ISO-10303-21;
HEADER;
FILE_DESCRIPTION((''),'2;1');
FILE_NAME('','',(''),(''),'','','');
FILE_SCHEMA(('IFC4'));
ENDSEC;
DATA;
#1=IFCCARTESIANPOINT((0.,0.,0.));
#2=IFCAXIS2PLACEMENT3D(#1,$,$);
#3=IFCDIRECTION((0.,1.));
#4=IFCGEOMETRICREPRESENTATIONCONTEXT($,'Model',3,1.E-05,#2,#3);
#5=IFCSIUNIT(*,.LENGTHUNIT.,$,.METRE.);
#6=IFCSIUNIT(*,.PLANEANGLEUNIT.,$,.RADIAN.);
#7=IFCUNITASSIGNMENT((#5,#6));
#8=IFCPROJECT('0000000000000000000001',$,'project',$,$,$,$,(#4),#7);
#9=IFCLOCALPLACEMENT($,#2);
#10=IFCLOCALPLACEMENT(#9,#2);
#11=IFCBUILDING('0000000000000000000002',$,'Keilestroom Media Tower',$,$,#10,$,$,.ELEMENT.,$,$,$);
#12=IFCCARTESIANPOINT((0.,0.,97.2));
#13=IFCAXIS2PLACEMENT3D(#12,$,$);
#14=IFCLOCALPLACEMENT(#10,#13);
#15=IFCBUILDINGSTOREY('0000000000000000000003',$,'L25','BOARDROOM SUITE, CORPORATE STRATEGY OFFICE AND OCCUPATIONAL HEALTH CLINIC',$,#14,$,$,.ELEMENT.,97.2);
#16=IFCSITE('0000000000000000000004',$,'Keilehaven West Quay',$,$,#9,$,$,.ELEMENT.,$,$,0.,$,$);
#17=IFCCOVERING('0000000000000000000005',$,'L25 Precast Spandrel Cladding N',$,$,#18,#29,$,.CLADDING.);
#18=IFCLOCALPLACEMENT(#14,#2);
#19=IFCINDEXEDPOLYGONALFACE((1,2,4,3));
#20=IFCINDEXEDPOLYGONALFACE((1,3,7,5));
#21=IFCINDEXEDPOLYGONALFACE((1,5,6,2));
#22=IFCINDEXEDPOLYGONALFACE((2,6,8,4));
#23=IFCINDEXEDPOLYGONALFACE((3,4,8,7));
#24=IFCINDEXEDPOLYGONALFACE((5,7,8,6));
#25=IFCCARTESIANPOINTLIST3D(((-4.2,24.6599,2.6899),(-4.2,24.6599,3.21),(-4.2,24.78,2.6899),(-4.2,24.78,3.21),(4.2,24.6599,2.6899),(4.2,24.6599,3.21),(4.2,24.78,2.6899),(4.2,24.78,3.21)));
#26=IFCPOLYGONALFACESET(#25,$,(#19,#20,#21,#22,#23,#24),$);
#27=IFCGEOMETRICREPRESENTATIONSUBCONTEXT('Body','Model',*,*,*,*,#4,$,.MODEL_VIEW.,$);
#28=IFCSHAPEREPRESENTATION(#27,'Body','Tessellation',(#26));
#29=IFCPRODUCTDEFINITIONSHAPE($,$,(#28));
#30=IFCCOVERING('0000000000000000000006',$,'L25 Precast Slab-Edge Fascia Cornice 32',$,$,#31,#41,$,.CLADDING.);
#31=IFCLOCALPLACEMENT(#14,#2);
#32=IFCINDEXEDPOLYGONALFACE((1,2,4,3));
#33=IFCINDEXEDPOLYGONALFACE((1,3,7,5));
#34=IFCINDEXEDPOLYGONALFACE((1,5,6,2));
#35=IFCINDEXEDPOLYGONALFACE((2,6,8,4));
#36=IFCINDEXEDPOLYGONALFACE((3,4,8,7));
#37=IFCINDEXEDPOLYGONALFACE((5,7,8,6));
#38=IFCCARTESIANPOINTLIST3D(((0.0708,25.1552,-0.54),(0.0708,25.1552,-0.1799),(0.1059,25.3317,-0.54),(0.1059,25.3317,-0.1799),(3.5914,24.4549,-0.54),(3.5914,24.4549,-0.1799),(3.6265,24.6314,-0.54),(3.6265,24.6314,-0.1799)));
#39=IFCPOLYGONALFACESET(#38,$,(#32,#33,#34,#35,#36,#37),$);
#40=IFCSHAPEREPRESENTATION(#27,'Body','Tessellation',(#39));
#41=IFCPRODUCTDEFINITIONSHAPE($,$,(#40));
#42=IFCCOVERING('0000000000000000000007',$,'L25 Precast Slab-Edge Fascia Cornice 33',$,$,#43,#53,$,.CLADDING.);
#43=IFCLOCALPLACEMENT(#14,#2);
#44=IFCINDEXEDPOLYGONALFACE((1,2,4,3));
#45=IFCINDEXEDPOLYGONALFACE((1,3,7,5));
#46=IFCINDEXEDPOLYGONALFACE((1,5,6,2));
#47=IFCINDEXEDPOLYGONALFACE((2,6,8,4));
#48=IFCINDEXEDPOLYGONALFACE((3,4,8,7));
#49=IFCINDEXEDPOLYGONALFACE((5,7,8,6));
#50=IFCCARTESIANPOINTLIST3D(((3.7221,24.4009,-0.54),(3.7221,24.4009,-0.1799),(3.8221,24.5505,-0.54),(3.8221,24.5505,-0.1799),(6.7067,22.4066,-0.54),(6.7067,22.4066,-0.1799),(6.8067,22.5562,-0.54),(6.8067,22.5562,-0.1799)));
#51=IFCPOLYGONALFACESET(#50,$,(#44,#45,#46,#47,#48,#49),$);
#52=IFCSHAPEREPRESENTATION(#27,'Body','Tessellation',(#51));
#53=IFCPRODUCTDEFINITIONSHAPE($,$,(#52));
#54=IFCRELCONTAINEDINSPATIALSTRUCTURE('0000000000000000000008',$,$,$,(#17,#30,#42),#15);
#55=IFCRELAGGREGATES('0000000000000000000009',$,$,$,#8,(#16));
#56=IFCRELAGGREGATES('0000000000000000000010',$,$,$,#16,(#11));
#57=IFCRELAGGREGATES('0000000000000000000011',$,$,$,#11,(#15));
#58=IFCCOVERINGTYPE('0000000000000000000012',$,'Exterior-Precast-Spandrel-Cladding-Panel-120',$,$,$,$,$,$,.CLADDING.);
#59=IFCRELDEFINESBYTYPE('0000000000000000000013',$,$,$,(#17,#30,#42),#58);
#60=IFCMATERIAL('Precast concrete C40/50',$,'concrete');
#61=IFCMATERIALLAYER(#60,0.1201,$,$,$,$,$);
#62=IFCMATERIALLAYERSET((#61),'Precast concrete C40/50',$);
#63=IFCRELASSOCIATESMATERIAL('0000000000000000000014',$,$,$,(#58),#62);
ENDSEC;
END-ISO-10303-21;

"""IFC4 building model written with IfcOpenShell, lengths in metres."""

from ifc_helpers import new_model, si_unit, direction, frame, origin, origin_2d, place, context, subcontext, project, spatial, rectangle, extrude, source, transform, mapped, material, layer, layer_set, type_object, element, save


model = new_model("IFC4")

# Units and contexts
model_context = context("Model", 3, precision=1e-05, world=origin(), true_north=direction((0.0, 1.0)))
body_context = subcontext(model_context, "Body", "Model", "MODEL_VIEW")
ifc_project = project(units=[si_unit("LENGTHUNIT", "METRE"), si_unit("PLANEANGLEUNIT", "RADIAN")], contexts=[model_context])

# Site, building, storey
site_placement = place(None, origin())
site = spatial("IfcSite", under=ifc_project, at=site_placement, Name="Keilehaven West Quay", CompositionType="ELEMENT", RefElevation=0.0)
building_placement = place(site_placement, origin())
building = spatial("IfcBuilding", under=site, at=building_placement, Name="Keilestroom Media Tower", CompositionType="ELEMENT")
storey_placement = place(building_placement, frame((0.0, 0.0, 97.2)))
storey = spatial("IfcBuildingStorey", under=building, at=storey_placement, Name="L25", Description="BOARDROOM SUITE, CORPORATE STRATEGY OFFICE AND OCCUPATIONAL HEALTH CLINIC", CompositionType="ELEMENT", Elevation=97.2)

# Coverings
ifc_material_1 = material(Name="Precast concrete C40/50", Category="concrete")
ifc_layer_1 = layer(ifc_material_1, 0.1201)
ifc_layer_set_1 = layer_set([ifc_layer_1], Name="Precast concrete C40/50")
covering_type = type_object("IfcCoveringType", Name="Exterior-Precast-Spandrel-Cladding-Panel-120", PredefinedType="CLADDING", material=ifc_layer_set_1)
shared_shape_1 = source(origin(), body_context, "Body", "SweptSolid", [
    extrude(rectangle(XDim=8.3999, YDim=0.1201, at=origin_2d()), origin(), (0.0, 0.0, 1.0), 0.52),
])
covering_placement = place(storey_placement, frame((0.0, 24.72, 2.6899), z_axis=(0.0, 0.0, 1.0), x_axis=(1.0, 0.0, 0.0)))
element("IfcCovering", 1, at=covering_placement, inside=storey, type_object=covering_type, Name="L25 Precast Spandrel Cladding N", PredefinedType="CLADDING", context=body_context, shape_type="MappedRepresentation", body=[
    mapped(shared_shape_1, transform((0.0, 0.0, 0.0), x_axis=(1.0, 0.0, 0.0), y_axis=(0.0, 1.0, 0.0), z_axis=(0.0, 0.0, 1.0), scale=1.0)),
])
shared_shape_2 = source(origin(), body_context, "Body", "SweptSolid", [
    extrude(rectangle(XDim=3.5896, YDim=0.1799, at=origin_2d()), origin(), (0.0, 0.0, 1.0), 0.3601),
])
for number, where, z_axis, x_axis, name in (
    (2, (1.8486, 24.8933, -0.54), (0.0, 0.0, 1.0), (0.980784, -0.195099, 0.0), "L25 Precast Slab-Edge Fascia Cornice 32"),
    (3, (5.2644, 23.4785, -0.54), (0.0, 0.0, 1.0), (0.831467, -0.555575, 0.0), "L25 Precast Slab-Edge Fascia Cornice 33"),
):
    element("IfcCovering", number, at=place(storey_placement, frame(where, z_axis=z_axis, x_axis=x_axis)), inside=storey, type_object=covering_type, Name=name, PredefinedType="CLADDING", context=body_context, shape_type="MappedRepresentation", body=[
        mapped(shared_shape_2, transform((0.0, 0.0, 0.0), x_axis=(1.0, 0.0, 0.0), y_axis=(0.0, 1.0, 0.0), z_axis=(0.0, 0.0, 1.0), scale=1.0)),
    ])

save(model, "model.ifc")
